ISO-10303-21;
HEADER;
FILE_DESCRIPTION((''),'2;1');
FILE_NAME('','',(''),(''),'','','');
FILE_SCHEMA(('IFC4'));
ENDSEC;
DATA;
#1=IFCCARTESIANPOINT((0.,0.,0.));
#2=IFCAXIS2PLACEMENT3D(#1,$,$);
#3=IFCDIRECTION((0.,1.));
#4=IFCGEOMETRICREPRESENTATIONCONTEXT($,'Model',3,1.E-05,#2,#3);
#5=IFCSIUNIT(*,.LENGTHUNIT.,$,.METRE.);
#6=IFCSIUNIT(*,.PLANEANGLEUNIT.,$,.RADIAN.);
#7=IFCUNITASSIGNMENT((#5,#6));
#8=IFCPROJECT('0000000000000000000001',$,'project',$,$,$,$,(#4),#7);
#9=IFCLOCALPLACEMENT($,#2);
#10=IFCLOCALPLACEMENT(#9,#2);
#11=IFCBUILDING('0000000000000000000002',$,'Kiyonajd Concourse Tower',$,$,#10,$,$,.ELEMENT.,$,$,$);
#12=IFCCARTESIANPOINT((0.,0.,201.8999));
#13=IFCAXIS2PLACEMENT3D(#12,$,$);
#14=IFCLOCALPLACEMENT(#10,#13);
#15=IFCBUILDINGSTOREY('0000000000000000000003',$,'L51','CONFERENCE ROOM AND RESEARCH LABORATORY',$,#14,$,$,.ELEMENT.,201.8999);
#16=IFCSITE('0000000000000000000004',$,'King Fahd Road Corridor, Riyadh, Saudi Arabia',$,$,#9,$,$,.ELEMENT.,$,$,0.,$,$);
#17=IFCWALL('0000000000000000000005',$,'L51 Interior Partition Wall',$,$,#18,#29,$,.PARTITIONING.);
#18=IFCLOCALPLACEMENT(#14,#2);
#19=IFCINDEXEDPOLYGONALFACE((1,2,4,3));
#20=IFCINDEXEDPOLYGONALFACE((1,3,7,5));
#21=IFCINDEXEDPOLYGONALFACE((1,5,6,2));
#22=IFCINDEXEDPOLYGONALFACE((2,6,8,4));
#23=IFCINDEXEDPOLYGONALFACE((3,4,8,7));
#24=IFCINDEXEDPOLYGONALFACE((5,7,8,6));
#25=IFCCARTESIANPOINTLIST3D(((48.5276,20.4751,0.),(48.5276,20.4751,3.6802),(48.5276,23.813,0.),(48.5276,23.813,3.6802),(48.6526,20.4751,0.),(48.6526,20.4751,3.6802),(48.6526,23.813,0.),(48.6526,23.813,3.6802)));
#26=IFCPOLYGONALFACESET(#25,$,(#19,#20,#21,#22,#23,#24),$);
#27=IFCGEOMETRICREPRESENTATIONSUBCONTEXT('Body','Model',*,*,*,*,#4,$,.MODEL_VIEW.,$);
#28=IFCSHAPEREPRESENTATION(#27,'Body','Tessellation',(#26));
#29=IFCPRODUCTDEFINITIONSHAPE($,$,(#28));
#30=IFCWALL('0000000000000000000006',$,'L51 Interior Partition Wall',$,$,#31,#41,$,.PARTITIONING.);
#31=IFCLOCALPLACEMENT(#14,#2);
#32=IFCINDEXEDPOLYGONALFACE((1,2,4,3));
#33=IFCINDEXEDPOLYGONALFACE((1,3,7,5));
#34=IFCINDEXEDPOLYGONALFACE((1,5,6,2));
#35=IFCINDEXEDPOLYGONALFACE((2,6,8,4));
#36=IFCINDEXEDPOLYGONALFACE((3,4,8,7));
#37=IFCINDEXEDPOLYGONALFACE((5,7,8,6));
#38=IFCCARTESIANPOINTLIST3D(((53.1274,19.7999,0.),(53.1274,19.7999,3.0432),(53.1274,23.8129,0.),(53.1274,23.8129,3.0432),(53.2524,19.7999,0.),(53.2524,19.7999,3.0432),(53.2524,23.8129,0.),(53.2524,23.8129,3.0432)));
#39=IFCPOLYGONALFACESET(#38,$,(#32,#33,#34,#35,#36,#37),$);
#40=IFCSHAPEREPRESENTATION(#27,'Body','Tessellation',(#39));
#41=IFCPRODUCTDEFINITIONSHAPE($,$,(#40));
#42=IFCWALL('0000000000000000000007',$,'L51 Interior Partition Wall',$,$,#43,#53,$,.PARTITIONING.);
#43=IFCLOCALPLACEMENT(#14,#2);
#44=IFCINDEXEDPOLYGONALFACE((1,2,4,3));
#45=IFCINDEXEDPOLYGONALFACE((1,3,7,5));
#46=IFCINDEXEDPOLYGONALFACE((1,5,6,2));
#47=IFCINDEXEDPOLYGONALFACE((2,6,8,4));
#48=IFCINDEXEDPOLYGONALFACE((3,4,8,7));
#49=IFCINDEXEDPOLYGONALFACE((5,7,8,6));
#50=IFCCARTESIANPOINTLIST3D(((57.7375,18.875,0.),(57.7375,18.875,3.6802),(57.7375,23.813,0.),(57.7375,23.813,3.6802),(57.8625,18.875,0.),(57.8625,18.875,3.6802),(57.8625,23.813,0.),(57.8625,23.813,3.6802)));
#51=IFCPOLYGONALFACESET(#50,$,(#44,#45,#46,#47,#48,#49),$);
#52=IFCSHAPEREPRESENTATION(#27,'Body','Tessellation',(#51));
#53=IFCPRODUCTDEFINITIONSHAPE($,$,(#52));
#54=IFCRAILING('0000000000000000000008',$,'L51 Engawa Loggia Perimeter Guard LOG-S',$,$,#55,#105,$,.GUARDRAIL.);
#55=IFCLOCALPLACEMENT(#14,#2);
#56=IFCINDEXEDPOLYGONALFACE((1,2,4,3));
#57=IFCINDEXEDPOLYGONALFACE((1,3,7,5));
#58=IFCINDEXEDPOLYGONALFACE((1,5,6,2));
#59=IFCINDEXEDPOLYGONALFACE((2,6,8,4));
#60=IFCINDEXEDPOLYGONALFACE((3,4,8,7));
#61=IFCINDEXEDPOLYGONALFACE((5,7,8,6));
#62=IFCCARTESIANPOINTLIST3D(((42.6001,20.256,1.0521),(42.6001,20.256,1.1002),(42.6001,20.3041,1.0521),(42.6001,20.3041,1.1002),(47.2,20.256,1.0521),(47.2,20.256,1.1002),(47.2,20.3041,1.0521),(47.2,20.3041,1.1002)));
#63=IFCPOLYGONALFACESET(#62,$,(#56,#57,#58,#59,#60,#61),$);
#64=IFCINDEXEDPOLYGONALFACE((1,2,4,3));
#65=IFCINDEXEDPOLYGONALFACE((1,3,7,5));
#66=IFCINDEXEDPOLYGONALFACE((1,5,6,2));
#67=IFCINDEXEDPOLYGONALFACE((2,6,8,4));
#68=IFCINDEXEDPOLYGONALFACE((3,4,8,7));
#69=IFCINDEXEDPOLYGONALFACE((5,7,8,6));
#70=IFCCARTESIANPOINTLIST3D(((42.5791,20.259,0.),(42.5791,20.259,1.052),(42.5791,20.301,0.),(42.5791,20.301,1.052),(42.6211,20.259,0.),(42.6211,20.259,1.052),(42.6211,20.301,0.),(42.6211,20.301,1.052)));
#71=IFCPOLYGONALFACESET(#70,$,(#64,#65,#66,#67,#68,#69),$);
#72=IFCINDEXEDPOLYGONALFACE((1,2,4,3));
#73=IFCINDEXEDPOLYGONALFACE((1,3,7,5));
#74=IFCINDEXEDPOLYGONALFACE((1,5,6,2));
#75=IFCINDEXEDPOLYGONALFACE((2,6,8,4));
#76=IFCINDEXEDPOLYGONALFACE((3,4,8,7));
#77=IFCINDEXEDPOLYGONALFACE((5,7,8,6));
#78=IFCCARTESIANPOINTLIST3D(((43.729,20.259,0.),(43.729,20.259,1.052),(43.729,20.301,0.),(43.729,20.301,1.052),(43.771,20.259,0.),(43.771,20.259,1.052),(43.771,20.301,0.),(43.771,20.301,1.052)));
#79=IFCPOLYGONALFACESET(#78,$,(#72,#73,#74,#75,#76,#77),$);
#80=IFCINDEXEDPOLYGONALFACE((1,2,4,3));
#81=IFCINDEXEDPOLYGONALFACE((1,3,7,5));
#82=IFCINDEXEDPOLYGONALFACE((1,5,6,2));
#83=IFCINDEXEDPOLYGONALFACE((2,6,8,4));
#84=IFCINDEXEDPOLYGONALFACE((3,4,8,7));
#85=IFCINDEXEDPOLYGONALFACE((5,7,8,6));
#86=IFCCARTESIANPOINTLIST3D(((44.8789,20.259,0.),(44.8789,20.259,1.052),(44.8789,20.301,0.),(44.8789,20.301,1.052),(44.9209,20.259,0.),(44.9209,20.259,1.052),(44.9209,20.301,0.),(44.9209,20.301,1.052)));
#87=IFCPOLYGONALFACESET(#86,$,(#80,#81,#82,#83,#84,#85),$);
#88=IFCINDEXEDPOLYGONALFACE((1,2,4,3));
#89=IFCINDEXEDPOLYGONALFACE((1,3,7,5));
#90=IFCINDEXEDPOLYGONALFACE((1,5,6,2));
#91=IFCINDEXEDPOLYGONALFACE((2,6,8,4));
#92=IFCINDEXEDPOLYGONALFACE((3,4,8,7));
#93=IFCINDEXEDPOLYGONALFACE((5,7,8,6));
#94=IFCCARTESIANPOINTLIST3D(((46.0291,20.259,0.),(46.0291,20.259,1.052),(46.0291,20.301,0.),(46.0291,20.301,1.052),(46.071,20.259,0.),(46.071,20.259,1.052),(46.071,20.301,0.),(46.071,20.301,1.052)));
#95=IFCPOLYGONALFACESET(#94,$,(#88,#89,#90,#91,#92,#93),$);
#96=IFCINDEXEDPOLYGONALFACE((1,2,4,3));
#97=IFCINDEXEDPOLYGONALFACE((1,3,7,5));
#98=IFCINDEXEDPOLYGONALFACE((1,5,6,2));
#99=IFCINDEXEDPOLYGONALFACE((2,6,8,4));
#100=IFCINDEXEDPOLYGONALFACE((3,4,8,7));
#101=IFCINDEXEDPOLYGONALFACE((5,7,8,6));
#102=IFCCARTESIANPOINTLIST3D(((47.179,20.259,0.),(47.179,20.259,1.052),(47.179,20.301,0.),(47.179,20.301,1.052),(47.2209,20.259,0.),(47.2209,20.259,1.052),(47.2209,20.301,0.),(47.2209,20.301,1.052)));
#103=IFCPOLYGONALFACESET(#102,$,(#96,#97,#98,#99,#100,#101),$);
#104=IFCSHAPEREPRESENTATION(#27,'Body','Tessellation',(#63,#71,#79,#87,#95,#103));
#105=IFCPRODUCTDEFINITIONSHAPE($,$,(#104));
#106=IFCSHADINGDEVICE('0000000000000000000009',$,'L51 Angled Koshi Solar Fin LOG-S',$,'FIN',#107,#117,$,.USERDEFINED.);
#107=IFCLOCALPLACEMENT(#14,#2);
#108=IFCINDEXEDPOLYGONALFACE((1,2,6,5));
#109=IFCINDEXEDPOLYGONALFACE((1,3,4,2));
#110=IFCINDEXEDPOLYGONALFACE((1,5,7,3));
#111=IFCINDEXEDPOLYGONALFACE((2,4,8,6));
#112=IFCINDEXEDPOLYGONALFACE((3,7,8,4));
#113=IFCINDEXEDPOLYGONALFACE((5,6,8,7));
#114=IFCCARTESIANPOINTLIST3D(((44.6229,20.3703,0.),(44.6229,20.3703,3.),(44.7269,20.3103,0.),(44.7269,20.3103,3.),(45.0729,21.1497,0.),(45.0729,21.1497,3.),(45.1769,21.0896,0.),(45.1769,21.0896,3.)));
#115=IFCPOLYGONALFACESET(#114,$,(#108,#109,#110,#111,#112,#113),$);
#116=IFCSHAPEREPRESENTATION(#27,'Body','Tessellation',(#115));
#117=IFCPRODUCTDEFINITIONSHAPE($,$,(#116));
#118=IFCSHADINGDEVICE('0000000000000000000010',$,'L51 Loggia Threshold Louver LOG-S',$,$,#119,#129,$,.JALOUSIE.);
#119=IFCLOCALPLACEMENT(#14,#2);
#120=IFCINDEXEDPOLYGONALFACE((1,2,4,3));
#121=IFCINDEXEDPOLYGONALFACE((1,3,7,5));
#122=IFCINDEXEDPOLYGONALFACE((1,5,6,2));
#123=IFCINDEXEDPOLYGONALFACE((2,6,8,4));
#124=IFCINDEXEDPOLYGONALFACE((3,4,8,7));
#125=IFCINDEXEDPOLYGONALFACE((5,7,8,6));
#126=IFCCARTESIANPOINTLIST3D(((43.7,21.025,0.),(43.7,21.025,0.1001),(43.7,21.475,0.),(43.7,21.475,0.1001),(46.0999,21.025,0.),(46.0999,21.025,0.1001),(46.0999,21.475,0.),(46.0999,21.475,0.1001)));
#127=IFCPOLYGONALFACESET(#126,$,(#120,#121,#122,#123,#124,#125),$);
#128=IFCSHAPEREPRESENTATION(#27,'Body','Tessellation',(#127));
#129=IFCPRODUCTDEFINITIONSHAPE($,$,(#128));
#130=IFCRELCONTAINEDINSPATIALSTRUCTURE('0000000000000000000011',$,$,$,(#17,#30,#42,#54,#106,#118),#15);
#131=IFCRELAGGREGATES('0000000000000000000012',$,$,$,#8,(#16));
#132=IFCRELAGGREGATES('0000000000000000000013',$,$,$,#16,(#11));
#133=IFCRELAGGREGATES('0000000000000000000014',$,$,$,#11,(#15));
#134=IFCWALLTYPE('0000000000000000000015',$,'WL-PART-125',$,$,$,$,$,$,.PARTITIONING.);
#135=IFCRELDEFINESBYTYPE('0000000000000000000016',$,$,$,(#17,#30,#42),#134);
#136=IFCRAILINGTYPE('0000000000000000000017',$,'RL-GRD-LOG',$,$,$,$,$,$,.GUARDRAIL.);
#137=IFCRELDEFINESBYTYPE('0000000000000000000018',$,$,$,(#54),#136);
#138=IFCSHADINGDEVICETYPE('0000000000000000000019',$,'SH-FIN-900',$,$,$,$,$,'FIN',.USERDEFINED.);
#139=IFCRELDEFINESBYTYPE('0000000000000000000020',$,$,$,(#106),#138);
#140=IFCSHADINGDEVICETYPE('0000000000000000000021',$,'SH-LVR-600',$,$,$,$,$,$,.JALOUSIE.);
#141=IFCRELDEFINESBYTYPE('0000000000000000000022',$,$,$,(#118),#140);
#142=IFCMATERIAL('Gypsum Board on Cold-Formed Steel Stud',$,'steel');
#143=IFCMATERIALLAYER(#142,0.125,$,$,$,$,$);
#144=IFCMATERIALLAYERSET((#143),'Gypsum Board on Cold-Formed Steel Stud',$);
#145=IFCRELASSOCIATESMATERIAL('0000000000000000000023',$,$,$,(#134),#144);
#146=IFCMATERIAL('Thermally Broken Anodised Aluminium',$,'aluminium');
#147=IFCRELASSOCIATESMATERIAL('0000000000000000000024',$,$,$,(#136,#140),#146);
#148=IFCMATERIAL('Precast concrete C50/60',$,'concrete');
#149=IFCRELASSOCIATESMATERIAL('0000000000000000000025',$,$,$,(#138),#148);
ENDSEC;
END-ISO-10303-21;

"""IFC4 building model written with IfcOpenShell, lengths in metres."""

from ifc_helpers import new_model, si_unit, direction, frame, frame_2d, origin, origin_2d, place, context, subcontext, project, spatial, rectangle, extrude, material, layer, layer_set, type_object, element, save


model = new_model("IFC4")

# Units and contexts
model_context = context("Model", 3, precision=1e-05, world=origin(), true_north=direction((0.0, 1.0)))
body_context = subcontext(model_context, "Body", "Model", "MODEL_VIEW")
ifc_project = project(units=[si_unit("LENGTHUNIT", "METRE"), si_unit("PLANEANGLEUNIT", "RADIAN")], contexts=[model_context])

# Site, building, storey
site_placement = place(None, origin())
site = spatial("IfcSite", under=ifc_project, at=site_placement, Name="King Fahd Road Corridor, Riyadh, Saudi Arabia", CompositionType="ELEMENT", RefElevation=0.0)
building_placement = place(site_placement, origin())
building = spatial("IfcBuilding", under=site, at=building_placement, Name="Kiyonajd Concourse Tower", CompositionType="ELEMENT")
storey_placement = place(building_placement, frame((0.0, 0.0, 201.8999)))
storey = spatial("IfcBuildingStorey", under=building, at=storey_placement, Name="L51", Description="CONFERENCE ROOM AND RESEARCH LABORATORY", CompositionType="ELEMENT", Elevation=201.8999)

# Shared definitions
ifc_material_1 = material(Name="Thermally Broken Anodised Aluminium", Category="aluminium")

# Shared definitions
ifc_material_2 = material(Name="Precast concrete C50/60", Category="concrete")

# Walls
ifc_material_3 = material(Name="Gypsum Board on Cold-Formed Steel Stud", Category="steel")
ifc_layer_1 = layer(ifc_material_3, 0.125)
ifc_layer_set_1 = layer_set([ifc_layer_1], Name="Gypsum Board on Cold-Formed Steel Stud")
wall_type_1 = type_object("IfcWallType", Name="WL-PART-125", PredefinedType="PARTITIONING", material=ifc_layer_set_1)
wall_1_placement = place(storey_placement, frame((48.5901, 20.4751, 0.0), z_axis=(0.0, 0.0, 1.0), x_axis=(0.0, 1.0, 0.0)))
element("IfcWall", 1, at=wall_1_placement, inside=storey, type_object=wall_type_1, Name="L51 Interior Partition Wall", PredefinedType="PARTITIONING", context=body_context, shape_type="SweptSolid", body=[
    extrude(rectangle(XDim=3.3379, YDim=0.125, at=frame_2d((1.6689, 0.0))), origin(), (0.0, 0.0, 1.0), 3.6802),
])
wall_2_placement = place(storey_placement, frame((53.1899, 19.8, 0.0), z_axis=(0.0, 0.0, 1.0), x_axis=(0.0, 1.0, 0.0)))
element("IfcWall", 2, at=wall_2_placement, inside=storey, type_object=wall_type_1, Name="L51 Interior Partition Wall", PredefinedType="PARTITIONING", context=body_context, shape_type="SweptSolid", body=[
    extrude(rectangle(XDim=4.0129, YDim=0.125, at=frame_2d((2.0063, 0.0))), origin(), (0.0, 0.0, 1.0), 3.0432),
])
wall_3_placement = place(storey_placement, frame((57.8, 18.875, 0.0), z_axis=(0.0, 0.0, 1.0), x_axis=(0.0, 1.0, 0.0)))
element("IfcWall", 3, at=wall_3_placement, inside=storey, type_object=wall_type_1, Name="L51 Interior Partition Wall", PredefinedType="PARTITIONING", context=body_context, shape_type="SweptSolid", body=[
    extrude(rectangle(XDim=4.938, YDim=0.125, at=frame_2d((2.469, 0.0))), origin(), (0.0, 0.0, 1.0), 3.6802),
])

# Railing
railing_type = type_object("IfcRailingType", Name="RL-GRD-LOG", PredefinedType="GUARDRAIL", material=ifc_material_1)
railing_placement = place(storey_placement, frame((42.6001, 20.28, 0.0)))
element("IfcRailing", 4, at=railing_placement, inside=storey, type_object=railing_type, Name="L51 Engawa Loggia Perimeter Guard LOG-S", PredefinedType="GUARDRAIL", context=body_context, shape_type="SweptSolid", body=[
    extrude(rectangle(XDim=0.0481, YDim=0.0481, at=origin_2d()), frame((0.0, 0.0, 1.0762), z_axis=(1.0, 0.0, 0.0), x_axis=(0.0, 1.0, 0.0)), (0.0, 0.0, 1.0), 4.5999),
    extrude(rectangle(XDim=0.042, YDim=0.042, at=origin_2d()), origin(), (0.0, 0.0, 1.0), 1.052),
    extrude(rectangle(XDim=0.042, YDim=0.042, at=origin_2d()), frame((1.1499, 0.0, 0.0)), (0.0, 0.0, 1.0), 1.052),
    extrude(rectangle(XDim=0.042, YDim=0.042, at=origin_2d()), frame((2.2998, 0.0, 0.0)), (0.0, 0.0, 1.0), 1.052),
    extrude(rectangle(XDim=0.042, YDim=0.042, at=origin_2d()), frame((3.45, 0.0, 0.0)), (0.0, 0.0, 1.0), 1.052),
    extrude(rectangle(XDim=0.042, YDim=0.042, at=origin_2d()), frame((4.5999, 0.0, 0.0)), (0.0, 0.0, 1.0), 1.052),
])

# Shading devices
shading_device_type_1 = type_object("IfcShadingDeviceType", Name="SH-FIN-900", ElementType="FIN", PredefinedType="USERDEFINED", material=ifc_material_2)
shading_device_1_placement = place(storey_placement, frame((44.8999, 20.73, 0.0), z_axis=(0.0, 0.0, 1.0), x_axis=(0.5, 0.866025, 0.0)))
element("IfcShadingDevice", 5, at=shading_device_1_placement, inside=storey, type_object=shading_device_type_1, Name="L51 Angled Koshi Solar Fin LOG-S", ObjectType="FIN", PredefinedType="USERDEFINED", context=body_context, shape_type="SweptSolid", body=[
    extrude(rectangle(XDim=0.8999, YDim=0.1201, at=origin_2d()), origin(), (0.0, 0.0, 1.0), 3.0),
])
shading_device_type_2 = type_object("IfcShadingDeviceType", Name="SH-LVR-600", PredefinedType="JALOUSIE", material=ifc_material_1)
shading_device_2_placement = place(storey_placement, frame((44.8999, 21.25, 0.0), z_axis=(0.0, 0.0, 1.0), x_axis=(1.0, 0.0, 0.0)))
element("IfcShadingDevice", 6, at=shading_device_2_placement, inside=storey, type_object=shading_device_type_2, Name="L51 Loggia Threshold Louver LOG-S", PredefinedType="JALOUSIE", context=body_context, shape_type="SweptSolid", body=[
    extrude(rectangle(XDim=2.3999, YDim=0.45, at=origin_2d()), origin(), (0.0, 0.0, 1.0), 0.1001),
])

save(model, "model.ifc")
